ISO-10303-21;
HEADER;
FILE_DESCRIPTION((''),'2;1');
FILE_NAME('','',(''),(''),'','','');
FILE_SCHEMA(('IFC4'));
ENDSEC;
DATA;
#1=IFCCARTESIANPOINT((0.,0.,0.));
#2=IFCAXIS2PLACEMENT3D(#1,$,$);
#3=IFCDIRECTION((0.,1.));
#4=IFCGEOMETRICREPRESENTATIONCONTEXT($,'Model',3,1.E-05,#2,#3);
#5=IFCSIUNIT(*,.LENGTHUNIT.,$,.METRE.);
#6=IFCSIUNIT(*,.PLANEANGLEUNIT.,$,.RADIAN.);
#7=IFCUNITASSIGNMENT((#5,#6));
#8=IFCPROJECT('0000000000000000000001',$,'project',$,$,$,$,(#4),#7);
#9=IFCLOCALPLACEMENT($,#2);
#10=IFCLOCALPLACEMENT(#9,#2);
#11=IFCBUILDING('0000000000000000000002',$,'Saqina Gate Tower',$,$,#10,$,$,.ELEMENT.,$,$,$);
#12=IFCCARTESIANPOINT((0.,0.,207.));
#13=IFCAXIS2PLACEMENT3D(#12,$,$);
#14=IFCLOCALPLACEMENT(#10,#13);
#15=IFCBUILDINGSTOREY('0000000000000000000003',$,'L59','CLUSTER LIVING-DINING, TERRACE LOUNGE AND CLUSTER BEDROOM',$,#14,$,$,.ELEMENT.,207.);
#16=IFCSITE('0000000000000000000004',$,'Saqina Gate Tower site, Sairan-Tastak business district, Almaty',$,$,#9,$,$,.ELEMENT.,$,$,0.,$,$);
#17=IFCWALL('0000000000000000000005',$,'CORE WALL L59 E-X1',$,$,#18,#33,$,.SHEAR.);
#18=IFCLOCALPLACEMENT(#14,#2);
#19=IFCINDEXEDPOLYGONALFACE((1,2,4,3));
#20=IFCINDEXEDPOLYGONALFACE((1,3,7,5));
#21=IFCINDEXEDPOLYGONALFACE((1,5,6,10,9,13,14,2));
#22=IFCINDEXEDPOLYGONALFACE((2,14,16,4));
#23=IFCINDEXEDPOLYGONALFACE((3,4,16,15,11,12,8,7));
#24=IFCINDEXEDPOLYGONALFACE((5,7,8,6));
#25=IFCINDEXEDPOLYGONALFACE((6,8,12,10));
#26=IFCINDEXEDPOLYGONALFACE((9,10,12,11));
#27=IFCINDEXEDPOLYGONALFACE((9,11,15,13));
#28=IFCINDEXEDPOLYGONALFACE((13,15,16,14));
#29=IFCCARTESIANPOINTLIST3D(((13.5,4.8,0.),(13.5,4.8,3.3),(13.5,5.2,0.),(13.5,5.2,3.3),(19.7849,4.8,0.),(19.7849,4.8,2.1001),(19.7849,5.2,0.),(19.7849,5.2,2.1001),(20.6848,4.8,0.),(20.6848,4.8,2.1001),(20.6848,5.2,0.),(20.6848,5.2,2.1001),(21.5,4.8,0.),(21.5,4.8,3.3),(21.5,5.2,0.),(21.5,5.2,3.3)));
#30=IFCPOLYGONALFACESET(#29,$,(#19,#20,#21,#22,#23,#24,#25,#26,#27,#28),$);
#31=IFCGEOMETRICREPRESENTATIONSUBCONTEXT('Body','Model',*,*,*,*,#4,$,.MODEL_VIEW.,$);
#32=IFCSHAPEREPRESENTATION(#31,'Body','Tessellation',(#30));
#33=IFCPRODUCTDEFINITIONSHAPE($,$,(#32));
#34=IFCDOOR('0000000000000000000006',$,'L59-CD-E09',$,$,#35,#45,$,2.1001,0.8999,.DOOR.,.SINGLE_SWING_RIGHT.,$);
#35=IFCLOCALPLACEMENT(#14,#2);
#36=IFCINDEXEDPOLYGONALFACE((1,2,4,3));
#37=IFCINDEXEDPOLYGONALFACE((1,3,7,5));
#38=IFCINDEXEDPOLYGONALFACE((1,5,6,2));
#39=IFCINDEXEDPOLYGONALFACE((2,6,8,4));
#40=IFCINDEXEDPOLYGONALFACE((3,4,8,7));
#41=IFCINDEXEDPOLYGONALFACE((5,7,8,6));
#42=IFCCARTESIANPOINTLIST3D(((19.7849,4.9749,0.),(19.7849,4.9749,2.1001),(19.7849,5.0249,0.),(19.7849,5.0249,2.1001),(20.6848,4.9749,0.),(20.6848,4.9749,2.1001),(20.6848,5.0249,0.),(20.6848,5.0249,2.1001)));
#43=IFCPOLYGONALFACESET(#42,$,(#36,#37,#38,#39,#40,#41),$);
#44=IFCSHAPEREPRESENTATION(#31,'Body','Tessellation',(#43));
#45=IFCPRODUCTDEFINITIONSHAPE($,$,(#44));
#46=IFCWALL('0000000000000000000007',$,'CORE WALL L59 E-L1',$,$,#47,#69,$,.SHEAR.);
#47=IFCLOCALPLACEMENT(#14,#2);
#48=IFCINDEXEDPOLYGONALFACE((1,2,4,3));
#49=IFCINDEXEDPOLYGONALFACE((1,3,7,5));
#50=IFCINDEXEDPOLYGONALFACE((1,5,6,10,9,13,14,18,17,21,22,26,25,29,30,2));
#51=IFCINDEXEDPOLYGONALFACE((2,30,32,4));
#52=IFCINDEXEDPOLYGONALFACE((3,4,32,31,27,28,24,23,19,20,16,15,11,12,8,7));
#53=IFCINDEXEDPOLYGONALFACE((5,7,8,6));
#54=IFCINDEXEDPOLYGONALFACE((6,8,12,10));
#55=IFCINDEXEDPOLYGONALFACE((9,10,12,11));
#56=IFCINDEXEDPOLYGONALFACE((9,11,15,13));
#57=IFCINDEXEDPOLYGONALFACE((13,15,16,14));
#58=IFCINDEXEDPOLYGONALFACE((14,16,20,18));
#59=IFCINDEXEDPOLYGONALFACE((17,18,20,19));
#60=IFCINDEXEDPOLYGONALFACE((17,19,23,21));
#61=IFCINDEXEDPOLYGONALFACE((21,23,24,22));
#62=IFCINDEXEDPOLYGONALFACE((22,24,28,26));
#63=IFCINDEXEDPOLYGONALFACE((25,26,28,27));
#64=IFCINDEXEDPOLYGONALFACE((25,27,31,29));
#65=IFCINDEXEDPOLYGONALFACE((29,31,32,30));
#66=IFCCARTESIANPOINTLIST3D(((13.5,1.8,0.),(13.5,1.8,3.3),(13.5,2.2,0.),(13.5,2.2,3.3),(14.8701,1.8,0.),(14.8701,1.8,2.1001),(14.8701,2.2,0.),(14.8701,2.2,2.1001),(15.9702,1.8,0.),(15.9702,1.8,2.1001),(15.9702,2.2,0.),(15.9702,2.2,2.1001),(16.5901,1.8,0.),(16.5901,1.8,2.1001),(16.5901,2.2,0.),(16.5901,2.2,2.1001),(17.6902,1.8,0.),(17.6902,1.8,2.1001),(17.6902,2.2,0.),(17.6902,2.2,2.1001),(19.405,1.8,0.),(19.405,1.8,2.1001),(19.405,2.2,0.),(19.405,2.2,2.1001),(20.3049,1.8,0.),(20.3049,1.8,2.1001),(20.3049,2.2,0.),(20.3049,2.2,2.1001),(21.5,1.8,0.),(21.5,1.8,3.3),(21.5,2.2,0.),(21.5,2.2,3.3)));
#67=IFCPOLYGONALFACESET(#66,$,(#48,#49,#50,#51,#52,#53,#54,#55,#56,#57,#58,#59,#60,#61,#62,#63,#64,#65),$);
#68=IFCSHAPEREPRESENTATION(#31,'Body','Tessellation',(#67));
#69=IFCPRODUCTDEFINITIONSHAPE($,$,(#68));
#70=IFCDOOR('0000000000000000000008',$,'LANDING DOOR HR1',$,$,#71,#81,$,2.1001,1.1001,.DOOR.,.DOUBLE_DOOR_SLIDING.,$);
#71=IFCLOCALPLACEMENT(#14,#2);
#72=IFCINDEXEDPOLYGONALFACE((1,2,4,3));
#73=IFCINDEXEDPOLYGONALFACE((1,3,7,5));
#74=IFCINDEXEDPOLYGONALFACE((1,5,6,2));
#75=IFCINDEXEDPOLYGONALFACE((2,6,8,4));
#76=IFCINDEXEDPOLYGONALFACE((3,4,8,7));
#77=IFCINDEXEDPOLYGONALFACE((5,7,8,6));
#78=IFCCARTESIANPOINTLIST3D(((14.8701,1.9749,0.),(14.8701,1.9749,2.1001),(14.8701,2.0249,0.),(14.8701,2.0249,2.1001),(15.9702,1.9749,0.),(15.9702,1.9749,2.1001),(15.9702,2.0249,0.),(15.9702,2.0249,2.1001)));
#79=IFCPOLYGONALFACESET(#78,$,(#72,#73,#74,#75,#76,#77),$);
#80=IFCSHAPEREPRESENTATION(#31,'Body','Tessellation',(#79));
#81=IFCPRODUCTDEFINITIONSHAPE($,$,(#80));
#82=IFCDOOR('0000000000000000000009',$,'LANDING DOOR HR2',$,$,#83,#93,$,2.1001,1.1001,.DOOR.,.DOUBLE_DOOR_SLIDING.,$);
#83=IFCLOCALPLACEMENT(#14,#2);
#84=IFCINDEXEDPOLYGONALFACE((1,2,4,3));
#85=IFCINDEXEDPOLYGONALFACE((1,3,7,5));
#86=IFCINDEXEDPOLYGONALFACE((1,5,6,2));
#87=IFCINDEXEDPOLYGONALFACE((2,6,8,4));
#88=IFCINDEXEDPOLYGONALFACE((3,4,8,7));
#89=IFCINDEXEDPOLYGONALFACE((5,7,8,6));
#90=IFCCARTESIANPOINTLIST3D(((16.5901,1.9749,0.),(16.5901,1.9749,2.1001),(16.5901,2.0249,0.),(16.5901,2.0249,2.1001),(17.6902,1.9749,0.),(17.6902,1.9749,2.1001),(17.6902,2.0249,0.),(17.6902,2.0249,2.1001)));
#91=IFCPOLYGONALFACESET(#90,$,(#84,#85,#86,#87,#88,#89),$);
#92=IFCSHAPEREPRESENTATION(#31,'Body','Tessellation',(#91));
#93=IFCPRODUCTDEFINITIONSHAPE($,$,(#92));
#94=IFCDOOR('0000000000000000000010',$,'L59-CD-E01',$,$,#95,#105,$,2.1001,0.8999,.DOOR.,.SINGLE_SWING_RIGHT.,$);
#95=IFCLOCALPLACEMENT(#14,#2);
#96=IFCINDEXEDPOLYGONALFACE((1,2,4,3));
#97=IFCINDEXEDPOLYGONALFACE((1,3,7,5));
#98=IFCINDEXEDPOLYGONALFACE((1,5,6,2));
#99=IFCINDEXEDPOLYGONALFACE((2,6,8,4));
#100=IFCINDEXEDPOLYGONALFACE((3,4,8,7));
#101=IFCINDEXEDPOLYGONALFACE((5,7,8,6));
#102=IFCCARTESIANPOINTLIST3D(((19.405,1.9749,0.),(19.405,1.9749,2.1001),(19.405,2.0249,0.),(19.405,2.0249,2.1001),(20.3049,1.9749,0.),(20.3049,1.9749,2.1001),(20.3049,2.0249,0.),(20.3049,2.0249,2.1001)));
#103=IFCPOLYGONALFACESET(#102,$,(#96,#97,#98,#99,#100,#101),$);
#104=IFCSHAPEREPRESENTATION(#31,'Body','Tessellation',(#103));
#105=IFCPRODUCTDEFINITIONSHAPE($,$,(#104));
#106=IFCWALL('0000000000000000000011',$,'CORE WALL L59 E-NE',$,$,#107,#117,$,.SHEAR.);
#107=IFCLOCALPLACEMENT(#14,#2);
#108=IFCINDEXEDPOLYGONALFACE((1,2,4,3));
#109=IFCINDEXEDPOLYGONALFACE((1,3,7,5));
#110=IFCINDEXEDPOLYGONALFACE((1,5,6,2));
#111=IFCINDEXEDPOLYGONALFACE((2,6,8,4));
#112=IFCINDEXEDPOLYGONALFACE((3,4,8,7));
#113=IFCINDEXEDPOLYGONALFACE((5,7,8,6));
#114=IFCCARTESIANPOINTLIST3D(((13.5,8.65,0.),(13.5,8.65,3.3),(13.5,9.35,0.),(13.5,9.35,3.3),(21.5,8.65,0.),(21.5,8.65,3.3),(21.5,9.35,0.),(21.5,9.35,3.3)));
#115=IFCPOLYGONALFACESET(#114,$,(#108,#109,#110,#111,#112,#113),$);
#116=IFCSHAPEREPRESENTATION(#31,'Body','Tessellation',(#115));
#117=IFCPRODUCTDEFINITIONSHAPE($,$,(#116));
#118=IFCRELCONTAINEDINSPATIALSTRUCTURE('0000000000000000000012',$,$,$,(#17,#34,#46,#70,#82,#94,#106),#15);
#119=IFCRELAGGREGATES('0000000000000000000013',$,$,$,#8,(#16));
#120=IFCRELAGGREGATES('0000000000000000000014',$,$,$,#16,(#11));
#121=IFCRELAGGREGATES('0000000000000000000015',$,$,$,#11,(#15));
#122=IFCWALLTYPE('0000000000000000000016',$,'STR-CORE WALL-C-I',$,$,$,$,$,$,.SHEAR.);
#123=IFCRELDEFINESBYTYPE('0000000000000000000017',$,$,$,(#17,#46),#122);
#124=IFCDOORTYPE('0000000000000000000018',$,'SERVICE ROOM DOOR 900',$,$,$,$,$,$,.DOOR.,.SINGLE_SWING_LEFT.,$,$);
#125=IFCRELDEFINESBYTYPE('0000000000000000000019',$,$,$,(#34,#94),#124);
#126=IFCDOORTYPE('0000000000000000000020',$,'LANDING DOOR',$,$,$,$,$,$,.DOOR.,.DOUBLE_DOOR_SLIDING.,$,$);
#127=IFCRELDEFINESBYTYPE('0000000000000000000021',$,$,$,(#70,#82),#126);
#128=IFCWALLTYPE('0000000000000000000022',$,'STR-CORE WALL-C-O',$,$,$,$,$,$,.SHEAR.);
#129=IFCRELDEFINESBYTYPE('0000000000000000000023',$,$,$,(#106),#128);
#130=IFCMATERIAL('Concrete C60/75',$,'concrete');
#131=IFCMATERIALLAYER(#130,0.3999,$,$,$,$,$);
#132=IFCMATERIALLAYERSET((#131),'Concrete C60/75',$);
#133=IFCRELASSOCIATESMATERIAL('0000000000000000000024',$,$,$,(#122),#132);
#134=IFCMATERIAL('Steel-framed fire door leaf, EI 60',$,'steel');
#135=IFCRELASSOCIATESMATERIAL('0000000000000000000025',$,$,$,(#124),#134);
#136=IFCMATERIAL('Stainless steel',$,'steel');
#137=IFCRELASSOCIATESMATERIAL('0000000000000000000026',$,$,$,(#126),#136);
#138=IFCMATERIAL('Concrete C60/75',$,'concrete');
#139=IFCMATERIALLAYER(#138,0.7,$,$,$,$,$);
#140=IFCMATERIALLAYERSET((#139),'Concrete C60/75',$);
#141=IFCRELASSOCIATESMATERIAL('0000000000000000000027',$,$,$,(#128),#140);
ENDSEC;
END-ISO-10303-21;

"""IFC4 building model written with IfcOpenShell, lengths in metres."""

from ifc_helpers import new_model, si_unit, direction, frame, frame_2d, origin, place, context, subcontext, project, spatial, rectangle, extrude, material, layer, layer_set, type_object, element, fill, save


model = new_model("IFC4")

# Units and contexts
model_context = context("Model", 3, precision=1e-05, world=origin(), true_north=direction((0.0, 1.0)))
body_context = subcontext(model_context, "Body", "Model", "MODEL_VIEW")
ifc_project = project(units=[si_unit("LENGTHUNIT", "METRE"), si_unit("PLANEANGLEUNIT", "RADIAN")], contexts=[model_context])

# Site, building, storey
site_placement = place(None, origin())
site = spatial("IfcSite", under=ifc_project, at=site_placement, Name="Saqina Gate Tower site, Sairan-Tastak business district, Almaty", CompositionType="ELEMENT", RefElevation=0.0)
building_placement = place(site_placement, origin())
building = spatial("IfcBuilding", under=site, at=building_placement, Name="Saqina Gate Tower", CompositionType="ELEMENT")
storey_placement = place(building_placement, frame((0.0, 0.0, 207.0)))
storey = spatial("IfcBuildingStorey", under=building, at=storey_placement, Name="L59", Description="CLUSTER LIVING-DINING, TERRACE LOUNGE AND CLUSTER BEDROOM", CompositionType="ELEMENT", Elevation=207.0)

# Wall, opening, door
ifc_material_1 = material(Name="Concrete C60/75", Category="concrete")
ifc_layer_1 = layer(ifc_material_1, 0.3999)
ifc_layer_set_1 = layer_set([ifc_layer_1], Name="Concrete C60/75")
wall_type_1 = type_object("IfcWallType", Name="STR-CORE WALL-C-I", PredefinedType="SHEAR", material=ifc_layer_set_1)
wall_1_placement = place(storey_placement, frame((13.5, 5.0, 0.0), z_axis=(0.0, 0.0, 1.0), x_axis=(1.0, 0.0, 0.0)))
wall_1 = element("IfcWall", 1, at=wall_1_placement, inside=storey, type_object=wall_type_1, Name="CORE WALL L59 E-X1", PredefinedType="SHEAR", context=body_context, shape_type="SweptSolid", body=[
    extrude(rectangle(XDim=8.0, YDim=0.3999, at=frame_2d((4.0, 0.0))), origin(), (0.0, 0.0, 1.0), 3.3),
])
opening_1_placement = place(wall_1_placement, frame((6.2849, 0.0, 0.0)))
opening_1 = element("IfcOpeningElement", 2, at=opening_1_placement, cuts=wall_1, PredefinedType="OPENING", context=body_context, shape_type="SweptSolid", body=[
    extrude(rectangle(XDim=0.8999, YDim=2.1001, at=frame_2d((0.45, 1.05))), frame((0.0, 0.2119, 0.0), z_axis=(0.0, -1.0, 0.0), x_axis=(1.0, 0.0, 0.0)), (0.0, 0.0, 1.0), 0.4238),
])
ifc_material_2 = material(Name="Steel-framed fire door leaf, EI 60", Category="steel")
door_type_1 = type_object("IfcDoorType", Name="SERVICE ROOM DOOR 900", OperationType="SINGLE_SWING_LEFT", PredefinedType="DOOR", material=ifc_material_2)
door_1_placement = place(opening_1_placement, origin())
door_1 = element("IfcDoor", 3, at=door_1_placement, inside=storey, type_object=door_type_1, Name="L59-CD-E09", OperationType="SINGLE_SWING_RIGHT", OverallHeight=2.1001, OverallWidth=0.8999, PredefinedType="DOOR", context=body_context, shape_type="SweptSolid", body=[
    extrude(rectangle(XDim=0.8999, YDim=2.1001, at=frame_2d((0.45, 1.05))), frame((0.0, 0.0249, 0.0), z_axis=(0.0, -1.0, 0.0), x_axis=(1.0, 0.0, 0.0)), (0.0, 0.0, 1.0), 0.05),
])
fill(opening_1, door_1)

# Wall, openings, doors
wall_2_placement = place(storey_placement, frame((13.5, 2.0, 0.0), z_axis=(0.0, 0.0, 1.0), x_axis=(1.0, 0.0, 0.0)))
wall_2 = element("IfcWall", 4, at=wall_2_placement, inside=storey, type_object=wall_type_1, Name="CORE WALL L59 E-L1", PredefinedType="SHEAR", context=body_context, shape_type="SweptSolid", body=[
    extrude(rectangle(XDim=8.0, YDim=0.3999, at=frame_2d((4.0, 0.0))), origin(), (0.0, 0.0, 1.0), 3.3),
])
opening_2_placement = place(wall_2_placement, frame((1.3701, 0.0, 0.0)))
opening_2 = element("IfcOpeningElement", 5, at=opening_2_placement, cuts=wall_2, PredefinedType="OPENING", context=body_context, shape_type="SweptSolid", body=[
    extrude(rectangle(XDim=1.1001, YDim=2.1001, at=frame_2d((0.55, 1.05))), frame((0.0, 0.2119, 0.0), z_axis=(0.0, -1.0, 0.0), x_axis=(1.0, 0.0, 0.0)), (0.0, 0.0, 1.0), 0.4238),
])
opening_3_placement = place(wall_2_placement, frame((3.0901, 0.0, 0.0)))
opening_3 = element("IfcOpeningElement", 6, at=opening_3_placement, cuts=wall_2, PredefinedType="OPENING", context=body_context, shape_type="SweptSolid", body=[
    extrude(rectangle(XDim=1.1001, YDim=2.1001, at=frame_2d((0.55, 1.05))), frame((0.0, 0.2119, 0.0), z_axis=(0.0, -1.0, 0.0), x_axis=(1.0, 0.0, 0.0)), (0.0, 0.0, 1.0), 0.4238),
])
opening_4_placement = place(wall_2_placement, frame((5.905, 0.0, 0.0)))
opening_4 = element("IfcOpeningElement", 7, at=opening_4_placement, cuts=wall_2, PredefinedType="OPENING", context=body_context, shape_type="SweptSolid", body=[
    extrude(rectangle(XDim=0.8999, YDim=2.1001, at=frame_2d((0.45, 1.05))), frame((0.0, 0.2119, 0.0), z_axis=(0.0, -1.0, 0.0), x_axis=(1.0, 0.0, 0.0)), (0.0, 0.0, 1.0), 0.4238),
])
ifc_material_3 = material(Name="Stainless steel", Category="steel")
door_type_2 = type_object("IfcDoorType", Name="LANDING DOOR", OperationType="DOUBLE_DOOR_SLIDING", PredefinedType="DOOR", material=ifc_material_3)
door_2_placement = place(opening_2_placement, origin())
door_2 = element("IfcDoor", 8, at=door_2_placement, inside=storey, type_object=door_type_2, Name="LANDING DOOR HR1", OperationType="DOUBLE_DOOR_SLIDING", OverallHeight=2.1001, OverallWidth=1.1001, PredefinedType="DOOR", context=body_context, shape_type="SweptSolid", body=[
    extrude(rectangle(XDim=1.1001, YDim=2.1001, at=frame_2d((0.55, 1.05))), frame((0.0, 0.0249, 0.0), z_axis=(0.0, -1.0, 0.0), x_axis=(1.0, 0.0, 0.0)), (0.0, 0.0, 1.0), 0.05),
])
fill(opening_2, door_2)
door_3_placement = place(opening_3_placement, origin())
door_3 = element("IfcDoor", 9, at=door_3_placement, inside=storey, type_object=door_type_2, Name="LANDING DOOR HR2", OperationType="DOUBLE_DOOR_SLIDING", OverallHeight=2.1001, OverallWidth=1.1001, PredefinedType="DOOR", context=body_context, shape_type="SweptSolid", body=[
    extrude(rectangle(XDim=1.1001, YDim=2.1001, at=frame_2d((0.55, 1.05))), frame((0.0, 0.0249, 0.0), z_axis=(0.0, -1.0, 0.0), x_axis=(1.0, 0.0, 0.0)), (0.0, 0.0, 1.0), 0.05),
])
fill(opening_3, door_3)
door_4_placement = place(opening_4_placement, origin())
door_4 = element("IfcDoor", 10, at=door_4_placement, inside=storey, type_object=door_type_1, Name="L59-CD-E01", OperationType="SINGLE_SWING_RIGHT", OverallHeight=2.1001, OverallWidth=0.8999, PredefinedType="DOOR", context=body_context, shape_type="SweptSolid", body=[
    extrude(rectangle(XDim=0.8999, YDim=2.1001, at=frame_2d((0.45, 1.05))), frame((0.0, 0.0249, 0.0), z_axis=(0.0, -1.0, 0.0), x_axis=(1.0, 0.0, 0.0)), (0.0, 0.0, 1.0), 0.05),
])
fill(opening_4, door_4)

# Wall
ifc_material_4 = material(Name="Concrete C60/75", Category="concrete")
ifc_layer_2 = layer(ifc_material_4, 0.7)
ifc_layer_set_2 = layer_set([ifc_layer_2], Name="Concrete C60/75")
wall_type_2 = type_object("IfcWallType", Name="STR-CORE WALL-C-O", PredefinedType="SHEAR", material=ifc_layer_set_2)
wall_3_placement = place(storey_placement, frame((13.5, 9.0, 0.0), z_axis=(0.0, 0.0, 1.0), x_axis=(1.0, 0.0, 0.0)))
element("IfcWall", 11, at=wall_3_placement, inside=storey, type_object=wall_type_2, Name="CORE WALL L59 E-NE", PredefinedType="SHEAR", context=body_context, shape_type="SweptSolid", body=[
    extrude(rectangle(XDim=8.0, YDim=0.7, at=frame_2d((4.0, 0.0))), origin(), (0.0, 0.0, 1.0), 3.3),
])

save(model, "model.ifc")
